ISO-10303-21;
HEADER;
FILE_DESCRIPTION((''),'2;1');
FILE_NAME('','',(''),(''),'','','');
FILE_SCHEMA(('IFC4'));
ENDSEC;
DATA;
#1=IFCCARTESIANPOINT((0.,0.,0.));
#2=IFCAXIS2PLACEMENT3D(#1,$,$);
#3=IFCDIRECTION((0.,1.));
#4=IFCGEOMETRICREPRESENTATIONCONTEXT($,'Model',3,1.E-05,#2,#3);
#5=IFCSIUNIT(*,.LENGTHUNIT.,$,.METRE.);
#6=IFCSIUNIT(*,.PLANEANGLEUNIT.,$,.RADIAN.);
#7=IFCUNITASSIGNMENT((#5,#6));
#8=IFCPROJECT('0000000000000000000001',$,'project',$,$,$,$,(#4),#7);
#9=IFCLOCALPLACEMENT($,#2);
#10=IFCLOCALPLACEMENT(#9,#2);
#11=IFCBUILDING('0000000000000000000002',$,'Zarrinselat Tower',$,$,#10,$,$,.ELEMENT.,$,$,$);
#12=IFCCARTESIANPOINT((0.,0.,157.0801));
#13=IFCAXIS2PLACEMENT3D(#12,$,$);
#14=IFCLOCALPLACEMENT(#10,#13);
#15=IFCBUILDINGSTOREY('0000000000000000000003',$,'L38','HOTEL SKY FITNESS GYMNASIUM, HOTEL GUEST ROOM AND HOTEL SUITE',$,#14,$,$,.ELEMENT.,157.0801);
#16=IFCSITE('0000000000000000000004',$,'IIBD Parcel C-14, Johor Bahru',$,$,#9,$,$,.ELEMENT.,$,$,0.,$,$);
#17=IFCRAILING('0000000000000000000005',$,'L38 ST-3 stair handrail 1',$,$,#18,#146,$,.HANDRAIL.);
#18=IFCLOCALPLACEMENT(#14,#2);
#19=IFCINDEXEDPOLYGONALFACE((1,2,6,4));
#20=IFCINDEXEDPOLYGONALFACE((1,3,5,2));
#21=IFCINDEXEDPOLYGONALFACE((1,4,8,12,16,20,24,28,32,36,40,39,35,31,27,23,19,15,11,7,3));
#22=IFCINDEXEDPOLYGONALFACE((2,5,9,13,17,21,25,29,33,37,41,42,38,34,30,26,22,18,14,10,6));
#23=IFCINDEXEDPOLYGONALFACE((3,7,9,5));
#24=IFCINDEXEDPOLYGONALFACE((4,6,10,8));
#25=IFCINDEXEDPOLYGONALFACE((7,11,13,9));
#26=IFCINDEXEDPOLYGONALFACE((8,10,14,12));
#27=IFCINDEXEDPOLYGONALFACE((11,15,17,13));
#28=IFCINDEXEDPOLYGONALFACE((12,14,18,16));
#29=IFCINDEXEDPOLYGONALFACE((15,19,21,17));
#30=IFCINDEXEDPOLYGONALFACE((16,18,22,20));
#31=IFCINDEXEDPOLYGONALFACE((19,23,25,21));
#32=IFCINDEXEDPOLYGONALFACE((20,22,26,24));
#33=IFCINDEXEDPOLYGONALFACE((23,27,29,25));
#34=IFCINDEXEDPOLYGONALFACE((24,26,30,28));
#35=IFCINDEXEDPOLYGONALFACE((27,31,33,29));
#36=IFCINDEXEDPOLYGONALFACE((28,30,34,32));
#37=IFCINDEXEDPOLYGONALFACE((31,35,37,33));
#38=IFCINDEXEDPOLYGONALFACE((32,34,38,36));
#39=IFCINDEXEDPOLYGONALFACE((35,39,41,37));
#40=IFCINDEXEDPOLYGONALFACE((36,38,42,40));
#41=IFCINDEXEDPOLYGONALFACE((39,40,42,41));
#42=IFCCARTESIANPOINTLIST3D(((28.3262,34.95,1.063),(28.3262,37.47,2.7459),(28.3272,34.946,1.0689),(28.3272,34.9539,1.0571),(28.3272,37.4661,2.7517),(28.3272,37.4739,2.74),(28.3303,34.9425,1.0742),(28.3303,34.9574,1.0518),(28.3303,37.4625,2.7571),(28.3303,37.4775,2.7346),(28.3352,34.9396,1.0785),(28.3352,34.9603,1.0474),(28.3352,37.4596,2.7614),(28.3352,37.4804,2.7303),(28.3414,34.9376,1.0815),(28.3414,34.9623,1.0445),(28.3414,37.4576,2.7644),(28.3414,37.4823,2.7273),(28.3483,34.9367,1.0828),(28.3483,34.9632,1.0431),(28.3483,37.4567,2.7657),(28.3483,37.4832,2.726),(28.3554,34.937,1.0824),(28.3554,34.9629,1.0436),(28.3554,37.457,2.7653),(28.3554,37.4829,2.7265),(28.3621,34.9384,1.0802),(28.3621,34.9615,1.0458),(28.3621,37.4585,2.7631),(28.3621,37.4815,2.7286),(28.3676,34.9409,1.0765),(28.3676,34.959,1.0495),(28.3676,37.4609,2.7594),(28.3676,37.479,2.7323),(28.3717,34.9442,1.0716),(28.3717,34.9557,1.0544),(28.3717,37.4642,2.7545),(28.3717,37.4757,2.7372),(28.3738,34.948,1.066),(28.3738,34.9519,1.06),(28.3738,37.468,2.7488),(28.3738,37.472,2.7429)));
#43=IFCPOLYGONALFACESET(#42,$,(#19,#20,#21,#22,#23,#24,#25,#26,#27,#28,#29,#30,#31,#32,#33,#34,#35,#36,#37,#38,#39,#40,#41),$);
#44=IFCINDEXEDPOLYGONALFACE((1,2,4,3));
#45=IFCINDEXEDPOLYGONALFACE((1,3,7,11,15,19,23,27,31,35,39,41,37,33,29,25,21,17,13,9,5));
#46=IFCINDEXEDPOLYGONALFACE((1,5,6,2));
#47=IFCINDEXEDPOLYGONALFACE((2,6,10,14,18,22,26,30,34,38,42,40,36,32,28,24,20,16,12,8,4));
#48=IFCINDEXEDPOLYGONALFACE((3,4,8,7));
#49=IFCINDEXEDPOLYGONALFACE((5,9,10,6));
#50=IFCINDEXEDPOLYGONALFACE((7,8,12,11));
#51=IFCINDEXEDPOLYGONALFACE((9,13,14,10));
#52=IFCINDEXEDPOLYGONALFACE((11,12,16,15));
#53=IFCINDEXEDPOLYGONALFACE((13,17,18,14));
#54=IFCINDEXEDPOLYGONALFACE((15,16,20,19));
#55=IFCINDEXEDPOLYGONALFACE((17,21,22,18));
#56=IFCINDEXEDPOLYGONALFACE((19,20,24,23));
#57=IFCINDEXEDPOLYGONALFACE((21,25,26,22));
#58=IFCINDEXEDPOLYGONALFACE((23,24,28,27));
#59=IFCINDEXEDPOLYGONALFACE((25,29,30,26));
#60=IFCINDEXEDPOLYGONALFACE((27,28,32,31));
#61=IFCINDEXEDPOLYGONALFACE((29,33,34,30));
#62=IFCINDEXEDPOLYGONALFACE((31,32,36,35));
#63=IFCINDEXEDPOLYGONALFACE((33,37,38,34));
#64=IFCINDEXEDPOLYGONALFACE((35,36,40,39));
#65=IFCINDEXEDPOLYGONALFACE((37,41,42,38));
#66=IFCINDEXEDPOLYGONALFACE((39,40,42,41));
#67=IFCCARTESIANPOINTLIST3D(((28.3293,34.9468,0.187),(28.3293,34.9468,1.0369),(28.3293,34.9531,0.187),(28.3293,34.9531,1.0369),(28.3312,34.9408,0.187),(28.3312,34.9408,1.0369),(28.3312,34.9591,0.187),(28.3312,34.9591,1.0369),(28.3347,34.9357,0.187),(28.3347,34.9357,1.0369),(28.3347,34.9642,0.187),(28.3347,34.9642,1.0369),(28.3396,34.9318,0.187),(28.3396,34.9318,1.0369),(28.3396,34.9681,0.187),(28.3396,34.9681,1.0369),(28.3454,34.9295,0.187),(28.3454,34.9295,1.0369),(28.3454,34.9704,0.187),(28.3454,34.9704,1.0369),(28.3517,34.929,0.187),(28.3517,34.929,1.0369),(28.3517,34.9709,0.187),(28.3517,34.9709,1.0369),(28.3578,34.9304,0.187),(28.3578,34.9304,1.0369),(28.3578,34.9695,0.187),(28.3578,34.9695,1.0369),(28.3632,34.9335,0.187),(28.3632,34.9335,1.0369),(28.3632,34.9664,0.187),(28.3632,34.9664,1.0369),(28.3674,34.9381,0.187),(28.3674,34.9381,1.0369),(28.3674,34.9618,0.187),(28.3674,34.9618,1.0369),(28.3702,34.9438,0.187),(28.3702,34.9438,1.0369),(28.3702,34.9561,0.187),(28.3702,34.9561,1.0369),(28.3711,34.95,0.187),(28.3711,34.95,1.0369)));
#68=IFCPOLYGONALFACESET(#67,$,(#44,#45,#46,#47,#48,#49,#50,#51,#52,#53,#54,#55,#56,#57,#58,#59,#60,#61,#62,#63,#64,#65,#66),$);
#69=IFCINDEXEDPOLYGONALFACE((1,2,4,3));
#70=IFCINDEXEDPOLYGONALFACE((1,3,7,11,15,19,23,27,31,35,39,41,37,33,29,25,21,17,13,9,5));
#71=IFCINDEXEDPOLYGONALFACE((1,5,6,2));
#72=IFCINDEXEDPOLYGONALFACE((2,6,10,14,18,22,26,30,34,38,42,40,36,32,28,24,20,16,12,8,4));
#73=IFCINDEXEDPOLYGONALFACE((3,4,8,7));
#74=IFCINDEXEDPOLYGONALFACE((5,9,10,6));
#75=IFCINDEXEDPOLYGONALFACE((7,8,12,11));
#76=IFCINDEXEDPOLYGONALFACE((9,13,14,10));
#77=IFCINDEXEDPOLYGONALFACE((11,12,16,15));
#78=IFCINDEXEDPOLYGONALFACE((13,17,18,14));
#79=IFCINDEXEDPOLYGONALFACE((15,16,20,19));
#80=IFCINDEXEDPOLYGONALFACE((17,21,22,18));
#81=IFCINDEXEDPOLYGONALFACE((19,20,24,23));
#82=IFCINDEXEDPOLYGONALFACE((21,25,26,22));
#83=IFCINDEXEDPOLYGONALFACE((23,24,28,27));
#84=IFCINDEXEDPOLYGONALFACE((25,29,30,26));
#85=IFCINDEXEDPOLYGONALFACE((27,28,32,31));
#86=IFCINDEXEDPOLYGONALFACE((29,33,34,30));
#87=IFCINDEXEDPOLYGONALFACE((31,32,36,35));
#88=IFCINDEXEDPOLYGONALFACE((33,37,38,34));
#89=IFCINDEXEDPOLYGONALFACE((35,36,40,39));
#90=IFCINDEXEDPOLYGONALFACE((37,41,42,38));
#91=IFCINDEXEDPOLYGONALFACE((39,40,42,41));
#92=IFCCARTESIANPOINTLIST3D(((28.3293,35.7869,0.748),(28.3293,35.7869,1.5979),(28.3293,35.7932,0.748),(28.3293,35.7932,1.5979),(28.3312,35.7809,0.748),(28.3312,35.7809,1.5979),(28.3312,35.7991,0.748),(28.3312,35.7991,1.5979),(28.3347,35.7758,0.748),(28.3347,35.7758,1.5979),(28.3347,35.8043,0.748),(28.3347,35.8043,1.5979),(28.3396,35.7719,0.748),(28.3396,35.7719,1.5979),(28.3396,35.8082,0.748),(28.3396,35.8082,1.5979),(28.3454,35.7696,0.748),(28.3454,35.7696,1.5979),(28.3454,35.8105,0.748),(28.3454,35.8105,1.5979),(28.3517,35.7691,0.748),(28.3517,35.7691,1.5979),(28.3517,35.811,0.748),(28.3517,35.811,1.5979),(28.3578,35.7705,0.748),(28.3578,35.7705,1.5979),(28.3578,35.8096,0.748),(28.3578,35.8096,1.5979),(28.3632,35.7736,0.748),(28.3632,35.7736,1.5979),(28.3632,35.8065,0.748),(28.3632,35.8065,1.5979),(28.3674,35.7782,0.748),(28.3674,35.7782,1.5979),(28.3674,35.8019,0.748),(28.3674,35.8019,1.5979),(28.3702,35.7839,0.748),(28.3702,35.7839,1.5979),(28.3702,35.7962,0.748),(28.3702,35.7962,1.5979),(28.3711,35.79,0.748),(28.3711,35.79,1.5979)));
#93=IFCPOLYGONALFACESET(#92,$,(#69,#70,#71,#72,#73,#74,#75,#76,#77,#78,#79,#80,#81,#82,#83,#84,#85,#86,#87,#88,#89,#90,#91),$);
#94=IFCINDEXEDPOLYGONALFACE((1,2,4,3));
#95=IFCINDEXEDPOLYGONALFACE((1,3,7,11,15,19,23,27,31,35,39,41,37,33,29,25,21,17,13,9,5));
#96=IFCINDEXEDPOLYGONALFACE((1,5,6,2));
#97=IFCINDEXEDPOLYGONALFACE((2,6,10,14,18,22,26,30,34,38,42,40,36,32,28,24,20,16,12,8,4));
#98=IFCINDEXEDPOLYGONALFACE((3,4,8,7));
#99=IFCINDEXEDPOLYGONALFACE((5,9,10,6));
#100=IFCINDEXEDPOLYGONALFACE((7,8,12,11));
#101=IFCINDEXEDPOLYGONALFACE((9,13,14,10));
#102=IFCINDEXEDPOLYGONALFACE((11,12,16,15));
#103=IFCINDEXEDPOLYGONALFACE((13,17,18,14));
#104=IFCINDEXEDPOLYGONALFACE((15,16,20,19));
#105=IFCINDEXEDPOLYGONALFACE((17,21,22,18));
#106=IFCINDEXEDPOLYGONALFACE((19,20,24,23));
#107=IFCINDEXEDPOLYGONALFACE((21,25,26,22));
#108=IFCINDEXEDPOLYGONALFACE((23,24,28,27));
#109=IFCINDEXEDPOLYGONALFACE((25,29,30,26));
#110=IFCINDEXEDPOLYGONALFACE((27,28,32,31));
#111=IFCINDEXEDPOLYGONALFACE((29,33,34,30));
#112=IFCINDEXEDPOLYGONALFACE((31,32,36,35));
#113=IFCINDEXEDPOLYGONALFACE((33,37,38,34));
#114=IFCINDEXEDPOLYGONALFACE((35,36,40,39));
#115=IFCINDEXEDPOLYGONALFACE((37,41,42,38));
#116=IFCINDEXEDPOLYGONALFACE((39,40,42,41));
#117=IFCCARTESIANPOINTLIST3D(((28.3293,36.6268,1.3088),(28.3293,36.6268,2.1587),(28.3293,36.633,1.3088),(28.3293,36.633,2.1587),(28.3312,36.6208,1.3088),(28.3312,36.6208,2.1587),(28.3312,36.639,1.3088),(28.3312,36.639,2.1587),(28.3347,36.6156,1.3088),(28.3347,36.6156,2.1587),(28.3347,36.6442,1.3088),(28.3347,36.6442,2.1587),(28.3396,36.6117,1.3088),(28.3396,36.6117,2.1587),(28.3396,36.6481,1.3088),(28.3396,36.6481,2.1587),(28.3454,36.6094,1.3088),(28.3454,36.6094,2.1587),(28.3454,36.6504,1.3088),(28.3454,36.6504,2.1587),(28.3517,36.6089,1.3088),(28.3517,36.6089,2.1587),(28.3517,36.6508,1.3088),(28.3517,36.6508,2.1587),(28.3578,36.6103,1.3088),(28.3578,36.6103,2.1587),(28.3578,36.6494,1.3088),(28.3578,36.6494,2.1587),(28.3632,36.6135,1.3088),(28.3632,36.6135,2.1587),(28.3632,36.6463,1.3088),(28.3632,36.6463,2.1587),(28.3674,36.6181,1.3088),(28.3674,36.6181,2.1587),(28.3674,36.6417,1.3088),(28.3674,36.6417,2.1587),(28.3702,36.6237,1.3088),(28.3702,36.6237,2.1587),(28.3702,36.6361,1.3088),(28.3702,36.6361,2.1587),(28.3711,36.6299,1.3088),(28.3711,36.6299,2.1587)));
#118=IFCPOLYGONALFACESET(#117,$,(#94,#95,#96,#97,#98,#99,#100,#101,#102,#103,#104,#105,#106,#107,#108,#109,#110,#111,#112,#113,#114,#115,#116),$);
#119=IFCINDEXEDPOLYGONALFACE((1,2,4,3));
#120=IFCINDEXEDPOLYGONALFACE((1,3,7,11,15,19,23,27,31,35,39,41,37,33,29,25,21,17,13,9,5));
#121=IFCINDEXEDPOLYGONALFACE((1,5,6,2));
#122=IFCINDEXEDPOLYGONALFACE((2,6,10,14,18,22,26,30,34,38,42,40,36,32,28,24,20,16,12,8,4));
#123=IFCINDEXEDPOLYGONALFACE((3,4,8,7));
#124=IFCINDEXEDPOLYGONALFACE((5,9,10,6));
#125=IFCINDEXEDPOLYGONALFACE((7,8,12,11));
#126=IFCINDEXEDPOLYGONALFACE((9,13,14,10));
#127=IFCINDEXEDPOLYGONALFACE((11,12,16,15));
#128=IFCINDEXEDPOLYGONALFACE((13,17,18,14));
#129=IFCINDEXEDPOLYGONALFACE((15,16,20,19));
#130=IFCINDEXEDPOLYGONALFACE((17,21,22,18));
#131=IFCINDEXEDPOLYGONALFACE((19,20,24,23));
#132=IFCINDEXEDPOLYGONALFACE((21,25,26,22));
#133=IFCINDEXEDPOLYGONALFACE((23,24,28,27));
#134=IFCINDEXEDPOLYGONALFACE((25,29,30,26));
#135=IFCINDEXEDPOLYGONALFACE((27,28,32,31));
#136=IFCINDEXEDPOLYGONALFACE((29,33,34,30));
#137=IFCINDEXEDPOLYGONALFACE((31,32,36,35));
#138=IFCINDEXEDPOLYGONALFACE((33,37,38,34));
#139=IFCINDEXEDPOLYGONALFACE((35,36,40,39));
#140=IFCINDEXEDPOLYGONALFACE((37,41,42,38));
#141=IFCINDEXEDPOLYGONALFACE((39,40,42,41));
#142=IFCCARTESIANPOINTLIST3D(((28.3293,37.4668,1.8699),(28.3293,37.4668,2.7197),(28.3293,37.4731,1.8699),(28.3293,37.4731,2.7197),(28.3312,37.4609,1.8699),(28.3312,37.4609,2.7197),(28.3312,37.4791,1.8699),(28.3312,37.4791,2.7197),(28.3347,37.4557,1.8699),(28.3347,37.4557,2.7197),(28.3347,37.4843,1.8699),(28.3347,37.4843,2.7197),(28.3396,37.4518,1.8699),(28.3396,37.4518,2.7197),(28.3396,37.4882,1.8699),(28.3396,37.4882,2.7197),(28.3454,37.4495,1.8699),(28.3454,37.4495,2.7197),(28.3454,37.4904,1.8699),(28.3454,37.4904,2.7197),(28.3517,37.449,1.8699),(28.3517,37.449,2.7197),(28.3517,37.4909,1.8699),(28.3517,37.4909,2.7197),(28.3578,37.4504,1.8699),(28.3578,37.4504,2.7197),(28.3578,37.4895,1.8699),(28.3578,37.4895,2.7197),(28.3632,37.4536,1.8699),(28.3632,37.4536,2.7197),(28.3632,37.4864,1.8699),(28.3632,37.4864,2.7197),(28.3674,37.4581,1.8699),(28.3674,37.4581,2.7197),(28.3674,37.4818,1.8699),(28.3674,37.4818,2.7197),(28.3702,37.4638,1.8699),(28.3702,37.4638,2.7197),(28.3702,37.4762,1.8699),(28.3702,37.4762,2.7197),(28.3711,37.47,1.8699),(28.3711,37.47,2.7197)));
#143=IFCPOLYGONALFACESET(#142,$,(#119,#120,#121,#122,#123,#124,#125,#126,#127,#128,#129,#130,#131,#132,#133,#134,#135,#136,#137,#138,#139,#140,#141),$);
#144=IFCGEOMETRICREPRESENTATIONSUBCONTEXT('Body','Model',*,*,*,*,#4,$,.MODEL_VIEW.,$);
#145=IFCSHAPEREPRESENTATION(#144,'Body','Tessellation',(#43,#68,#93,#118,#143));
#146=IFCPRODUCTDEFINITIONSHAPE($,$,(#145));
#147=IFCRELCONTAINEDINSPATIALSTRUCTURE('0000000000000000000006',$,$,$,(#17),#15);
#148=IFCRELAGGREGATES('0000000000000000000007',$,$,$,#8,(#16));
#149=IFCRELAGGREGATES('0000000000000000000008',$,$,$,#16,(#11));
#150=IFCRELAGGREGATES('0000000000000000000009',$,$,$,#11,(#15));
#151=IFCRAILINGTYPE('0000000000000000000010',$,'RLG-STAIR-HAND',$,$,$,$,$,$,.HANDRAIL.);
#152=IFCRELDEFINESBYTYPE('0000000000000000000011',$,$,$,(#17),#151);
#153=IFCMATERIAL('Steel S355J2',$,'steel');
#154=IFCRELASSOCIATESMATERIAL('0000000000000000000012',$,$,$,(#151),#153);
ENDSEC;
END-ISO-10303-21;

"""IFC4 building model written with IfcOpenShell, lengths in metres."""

from ifc_helpers import new_model, si_unit, direction, frame, origin, origin_2d, place, context, subcontext, project, spatial, circle, extrude, material, type_object, element, save


model = new_model("IFC4")

# Units and contexts
model_context = context("Model", 3, precision=1e-05, world=origin(), true_north=direction((0.0, 1.0)))
body_context = subcontext(model_context, "Body", "Model", "MODEL_VIEW")
ifc_project = project(units=[si_unit("LENGTHUNIT", "METRE"), si_unit("PLANEANGLEUNIT", "RADIAN")], contexts=[model_context])

# Site, building, storey
site_placement = place(None, origin())
site = spatial("IfcSite", under=ifc_project, at=site_placement, Name="IIBD Parcel C-14, Johor Bahru", CompositionType="ELEMENT", RefElevation=0.0)
building_placement = place(site_placement, origin())
building = spatial("IfcBuilding", under=site, at=building_placement, Name="Zarrinselat Tower", CompositionType="ELEMENT")
storey_placement = place(building_placement, frame((0.0, 0.0, 157.0801)))
storey = spatial("IfcBuildingStorey", under=building, at=storey_placement, Name="L38", Description="HOTEL SKY FITNESS GYMNASIUM, HOTEL GUEST ROOM AND HOTEL SUITE", CompositionType="ELEMENT", Elevation=157.0801)

# Railing
ifc_material_1 = material(Name="Steel S355J2", Category="steel")
railing_type_1 = type_object("IfcRailingType", Name="RLG-STAIR-HAND", PredefinedType="HANDRAIL", material=ifc_material_1)
railing_1_placement = place(storey_placement, frame((28.3501, 34.95, 0.187)))
element("IfcRailing", 1, at=railing_1_placement, inside=storey, type_object=railing_type_1, Name="L38 ST-3 stair handrail 1", PredefinedType="HANDRAIL", context=body_context, shape_type="SweptSolid", body=[
    extrude(circle(Radius=0.0239, at=origin_2d()), frame((0.0, 0.0, 0.876), z_axis=(0.0, 0.831616, 0.555351), x_axis=(-1.0, 0.0, 0.0)), (0.0, 0.0, 1.0), 3.0303),
    extrude(circle(Radius=0.021, at=origin_2d()), origin(), (0.0, 0.0, 1.0), 0.8499),
    extrude(circle(Radius=0.021, at=origin_2d()), frame((0.0, 0.8401, 0.561)), (0.0, 0.0, 1.0), 0.8499),
    extrude(circle(Radius=0.021, at=origin_2d()), frame((0.0, 1.6799, 1.1218)), (0.0, 0.0, 1.0), 0.8499),
    extrude(circle(Radius=0.021, at=origin_2d()), frame((0.0, 2.52, 1.6829)), (0.0, 0.0, 1.0), 0.8499),
])

save(model, "model.ifc")
